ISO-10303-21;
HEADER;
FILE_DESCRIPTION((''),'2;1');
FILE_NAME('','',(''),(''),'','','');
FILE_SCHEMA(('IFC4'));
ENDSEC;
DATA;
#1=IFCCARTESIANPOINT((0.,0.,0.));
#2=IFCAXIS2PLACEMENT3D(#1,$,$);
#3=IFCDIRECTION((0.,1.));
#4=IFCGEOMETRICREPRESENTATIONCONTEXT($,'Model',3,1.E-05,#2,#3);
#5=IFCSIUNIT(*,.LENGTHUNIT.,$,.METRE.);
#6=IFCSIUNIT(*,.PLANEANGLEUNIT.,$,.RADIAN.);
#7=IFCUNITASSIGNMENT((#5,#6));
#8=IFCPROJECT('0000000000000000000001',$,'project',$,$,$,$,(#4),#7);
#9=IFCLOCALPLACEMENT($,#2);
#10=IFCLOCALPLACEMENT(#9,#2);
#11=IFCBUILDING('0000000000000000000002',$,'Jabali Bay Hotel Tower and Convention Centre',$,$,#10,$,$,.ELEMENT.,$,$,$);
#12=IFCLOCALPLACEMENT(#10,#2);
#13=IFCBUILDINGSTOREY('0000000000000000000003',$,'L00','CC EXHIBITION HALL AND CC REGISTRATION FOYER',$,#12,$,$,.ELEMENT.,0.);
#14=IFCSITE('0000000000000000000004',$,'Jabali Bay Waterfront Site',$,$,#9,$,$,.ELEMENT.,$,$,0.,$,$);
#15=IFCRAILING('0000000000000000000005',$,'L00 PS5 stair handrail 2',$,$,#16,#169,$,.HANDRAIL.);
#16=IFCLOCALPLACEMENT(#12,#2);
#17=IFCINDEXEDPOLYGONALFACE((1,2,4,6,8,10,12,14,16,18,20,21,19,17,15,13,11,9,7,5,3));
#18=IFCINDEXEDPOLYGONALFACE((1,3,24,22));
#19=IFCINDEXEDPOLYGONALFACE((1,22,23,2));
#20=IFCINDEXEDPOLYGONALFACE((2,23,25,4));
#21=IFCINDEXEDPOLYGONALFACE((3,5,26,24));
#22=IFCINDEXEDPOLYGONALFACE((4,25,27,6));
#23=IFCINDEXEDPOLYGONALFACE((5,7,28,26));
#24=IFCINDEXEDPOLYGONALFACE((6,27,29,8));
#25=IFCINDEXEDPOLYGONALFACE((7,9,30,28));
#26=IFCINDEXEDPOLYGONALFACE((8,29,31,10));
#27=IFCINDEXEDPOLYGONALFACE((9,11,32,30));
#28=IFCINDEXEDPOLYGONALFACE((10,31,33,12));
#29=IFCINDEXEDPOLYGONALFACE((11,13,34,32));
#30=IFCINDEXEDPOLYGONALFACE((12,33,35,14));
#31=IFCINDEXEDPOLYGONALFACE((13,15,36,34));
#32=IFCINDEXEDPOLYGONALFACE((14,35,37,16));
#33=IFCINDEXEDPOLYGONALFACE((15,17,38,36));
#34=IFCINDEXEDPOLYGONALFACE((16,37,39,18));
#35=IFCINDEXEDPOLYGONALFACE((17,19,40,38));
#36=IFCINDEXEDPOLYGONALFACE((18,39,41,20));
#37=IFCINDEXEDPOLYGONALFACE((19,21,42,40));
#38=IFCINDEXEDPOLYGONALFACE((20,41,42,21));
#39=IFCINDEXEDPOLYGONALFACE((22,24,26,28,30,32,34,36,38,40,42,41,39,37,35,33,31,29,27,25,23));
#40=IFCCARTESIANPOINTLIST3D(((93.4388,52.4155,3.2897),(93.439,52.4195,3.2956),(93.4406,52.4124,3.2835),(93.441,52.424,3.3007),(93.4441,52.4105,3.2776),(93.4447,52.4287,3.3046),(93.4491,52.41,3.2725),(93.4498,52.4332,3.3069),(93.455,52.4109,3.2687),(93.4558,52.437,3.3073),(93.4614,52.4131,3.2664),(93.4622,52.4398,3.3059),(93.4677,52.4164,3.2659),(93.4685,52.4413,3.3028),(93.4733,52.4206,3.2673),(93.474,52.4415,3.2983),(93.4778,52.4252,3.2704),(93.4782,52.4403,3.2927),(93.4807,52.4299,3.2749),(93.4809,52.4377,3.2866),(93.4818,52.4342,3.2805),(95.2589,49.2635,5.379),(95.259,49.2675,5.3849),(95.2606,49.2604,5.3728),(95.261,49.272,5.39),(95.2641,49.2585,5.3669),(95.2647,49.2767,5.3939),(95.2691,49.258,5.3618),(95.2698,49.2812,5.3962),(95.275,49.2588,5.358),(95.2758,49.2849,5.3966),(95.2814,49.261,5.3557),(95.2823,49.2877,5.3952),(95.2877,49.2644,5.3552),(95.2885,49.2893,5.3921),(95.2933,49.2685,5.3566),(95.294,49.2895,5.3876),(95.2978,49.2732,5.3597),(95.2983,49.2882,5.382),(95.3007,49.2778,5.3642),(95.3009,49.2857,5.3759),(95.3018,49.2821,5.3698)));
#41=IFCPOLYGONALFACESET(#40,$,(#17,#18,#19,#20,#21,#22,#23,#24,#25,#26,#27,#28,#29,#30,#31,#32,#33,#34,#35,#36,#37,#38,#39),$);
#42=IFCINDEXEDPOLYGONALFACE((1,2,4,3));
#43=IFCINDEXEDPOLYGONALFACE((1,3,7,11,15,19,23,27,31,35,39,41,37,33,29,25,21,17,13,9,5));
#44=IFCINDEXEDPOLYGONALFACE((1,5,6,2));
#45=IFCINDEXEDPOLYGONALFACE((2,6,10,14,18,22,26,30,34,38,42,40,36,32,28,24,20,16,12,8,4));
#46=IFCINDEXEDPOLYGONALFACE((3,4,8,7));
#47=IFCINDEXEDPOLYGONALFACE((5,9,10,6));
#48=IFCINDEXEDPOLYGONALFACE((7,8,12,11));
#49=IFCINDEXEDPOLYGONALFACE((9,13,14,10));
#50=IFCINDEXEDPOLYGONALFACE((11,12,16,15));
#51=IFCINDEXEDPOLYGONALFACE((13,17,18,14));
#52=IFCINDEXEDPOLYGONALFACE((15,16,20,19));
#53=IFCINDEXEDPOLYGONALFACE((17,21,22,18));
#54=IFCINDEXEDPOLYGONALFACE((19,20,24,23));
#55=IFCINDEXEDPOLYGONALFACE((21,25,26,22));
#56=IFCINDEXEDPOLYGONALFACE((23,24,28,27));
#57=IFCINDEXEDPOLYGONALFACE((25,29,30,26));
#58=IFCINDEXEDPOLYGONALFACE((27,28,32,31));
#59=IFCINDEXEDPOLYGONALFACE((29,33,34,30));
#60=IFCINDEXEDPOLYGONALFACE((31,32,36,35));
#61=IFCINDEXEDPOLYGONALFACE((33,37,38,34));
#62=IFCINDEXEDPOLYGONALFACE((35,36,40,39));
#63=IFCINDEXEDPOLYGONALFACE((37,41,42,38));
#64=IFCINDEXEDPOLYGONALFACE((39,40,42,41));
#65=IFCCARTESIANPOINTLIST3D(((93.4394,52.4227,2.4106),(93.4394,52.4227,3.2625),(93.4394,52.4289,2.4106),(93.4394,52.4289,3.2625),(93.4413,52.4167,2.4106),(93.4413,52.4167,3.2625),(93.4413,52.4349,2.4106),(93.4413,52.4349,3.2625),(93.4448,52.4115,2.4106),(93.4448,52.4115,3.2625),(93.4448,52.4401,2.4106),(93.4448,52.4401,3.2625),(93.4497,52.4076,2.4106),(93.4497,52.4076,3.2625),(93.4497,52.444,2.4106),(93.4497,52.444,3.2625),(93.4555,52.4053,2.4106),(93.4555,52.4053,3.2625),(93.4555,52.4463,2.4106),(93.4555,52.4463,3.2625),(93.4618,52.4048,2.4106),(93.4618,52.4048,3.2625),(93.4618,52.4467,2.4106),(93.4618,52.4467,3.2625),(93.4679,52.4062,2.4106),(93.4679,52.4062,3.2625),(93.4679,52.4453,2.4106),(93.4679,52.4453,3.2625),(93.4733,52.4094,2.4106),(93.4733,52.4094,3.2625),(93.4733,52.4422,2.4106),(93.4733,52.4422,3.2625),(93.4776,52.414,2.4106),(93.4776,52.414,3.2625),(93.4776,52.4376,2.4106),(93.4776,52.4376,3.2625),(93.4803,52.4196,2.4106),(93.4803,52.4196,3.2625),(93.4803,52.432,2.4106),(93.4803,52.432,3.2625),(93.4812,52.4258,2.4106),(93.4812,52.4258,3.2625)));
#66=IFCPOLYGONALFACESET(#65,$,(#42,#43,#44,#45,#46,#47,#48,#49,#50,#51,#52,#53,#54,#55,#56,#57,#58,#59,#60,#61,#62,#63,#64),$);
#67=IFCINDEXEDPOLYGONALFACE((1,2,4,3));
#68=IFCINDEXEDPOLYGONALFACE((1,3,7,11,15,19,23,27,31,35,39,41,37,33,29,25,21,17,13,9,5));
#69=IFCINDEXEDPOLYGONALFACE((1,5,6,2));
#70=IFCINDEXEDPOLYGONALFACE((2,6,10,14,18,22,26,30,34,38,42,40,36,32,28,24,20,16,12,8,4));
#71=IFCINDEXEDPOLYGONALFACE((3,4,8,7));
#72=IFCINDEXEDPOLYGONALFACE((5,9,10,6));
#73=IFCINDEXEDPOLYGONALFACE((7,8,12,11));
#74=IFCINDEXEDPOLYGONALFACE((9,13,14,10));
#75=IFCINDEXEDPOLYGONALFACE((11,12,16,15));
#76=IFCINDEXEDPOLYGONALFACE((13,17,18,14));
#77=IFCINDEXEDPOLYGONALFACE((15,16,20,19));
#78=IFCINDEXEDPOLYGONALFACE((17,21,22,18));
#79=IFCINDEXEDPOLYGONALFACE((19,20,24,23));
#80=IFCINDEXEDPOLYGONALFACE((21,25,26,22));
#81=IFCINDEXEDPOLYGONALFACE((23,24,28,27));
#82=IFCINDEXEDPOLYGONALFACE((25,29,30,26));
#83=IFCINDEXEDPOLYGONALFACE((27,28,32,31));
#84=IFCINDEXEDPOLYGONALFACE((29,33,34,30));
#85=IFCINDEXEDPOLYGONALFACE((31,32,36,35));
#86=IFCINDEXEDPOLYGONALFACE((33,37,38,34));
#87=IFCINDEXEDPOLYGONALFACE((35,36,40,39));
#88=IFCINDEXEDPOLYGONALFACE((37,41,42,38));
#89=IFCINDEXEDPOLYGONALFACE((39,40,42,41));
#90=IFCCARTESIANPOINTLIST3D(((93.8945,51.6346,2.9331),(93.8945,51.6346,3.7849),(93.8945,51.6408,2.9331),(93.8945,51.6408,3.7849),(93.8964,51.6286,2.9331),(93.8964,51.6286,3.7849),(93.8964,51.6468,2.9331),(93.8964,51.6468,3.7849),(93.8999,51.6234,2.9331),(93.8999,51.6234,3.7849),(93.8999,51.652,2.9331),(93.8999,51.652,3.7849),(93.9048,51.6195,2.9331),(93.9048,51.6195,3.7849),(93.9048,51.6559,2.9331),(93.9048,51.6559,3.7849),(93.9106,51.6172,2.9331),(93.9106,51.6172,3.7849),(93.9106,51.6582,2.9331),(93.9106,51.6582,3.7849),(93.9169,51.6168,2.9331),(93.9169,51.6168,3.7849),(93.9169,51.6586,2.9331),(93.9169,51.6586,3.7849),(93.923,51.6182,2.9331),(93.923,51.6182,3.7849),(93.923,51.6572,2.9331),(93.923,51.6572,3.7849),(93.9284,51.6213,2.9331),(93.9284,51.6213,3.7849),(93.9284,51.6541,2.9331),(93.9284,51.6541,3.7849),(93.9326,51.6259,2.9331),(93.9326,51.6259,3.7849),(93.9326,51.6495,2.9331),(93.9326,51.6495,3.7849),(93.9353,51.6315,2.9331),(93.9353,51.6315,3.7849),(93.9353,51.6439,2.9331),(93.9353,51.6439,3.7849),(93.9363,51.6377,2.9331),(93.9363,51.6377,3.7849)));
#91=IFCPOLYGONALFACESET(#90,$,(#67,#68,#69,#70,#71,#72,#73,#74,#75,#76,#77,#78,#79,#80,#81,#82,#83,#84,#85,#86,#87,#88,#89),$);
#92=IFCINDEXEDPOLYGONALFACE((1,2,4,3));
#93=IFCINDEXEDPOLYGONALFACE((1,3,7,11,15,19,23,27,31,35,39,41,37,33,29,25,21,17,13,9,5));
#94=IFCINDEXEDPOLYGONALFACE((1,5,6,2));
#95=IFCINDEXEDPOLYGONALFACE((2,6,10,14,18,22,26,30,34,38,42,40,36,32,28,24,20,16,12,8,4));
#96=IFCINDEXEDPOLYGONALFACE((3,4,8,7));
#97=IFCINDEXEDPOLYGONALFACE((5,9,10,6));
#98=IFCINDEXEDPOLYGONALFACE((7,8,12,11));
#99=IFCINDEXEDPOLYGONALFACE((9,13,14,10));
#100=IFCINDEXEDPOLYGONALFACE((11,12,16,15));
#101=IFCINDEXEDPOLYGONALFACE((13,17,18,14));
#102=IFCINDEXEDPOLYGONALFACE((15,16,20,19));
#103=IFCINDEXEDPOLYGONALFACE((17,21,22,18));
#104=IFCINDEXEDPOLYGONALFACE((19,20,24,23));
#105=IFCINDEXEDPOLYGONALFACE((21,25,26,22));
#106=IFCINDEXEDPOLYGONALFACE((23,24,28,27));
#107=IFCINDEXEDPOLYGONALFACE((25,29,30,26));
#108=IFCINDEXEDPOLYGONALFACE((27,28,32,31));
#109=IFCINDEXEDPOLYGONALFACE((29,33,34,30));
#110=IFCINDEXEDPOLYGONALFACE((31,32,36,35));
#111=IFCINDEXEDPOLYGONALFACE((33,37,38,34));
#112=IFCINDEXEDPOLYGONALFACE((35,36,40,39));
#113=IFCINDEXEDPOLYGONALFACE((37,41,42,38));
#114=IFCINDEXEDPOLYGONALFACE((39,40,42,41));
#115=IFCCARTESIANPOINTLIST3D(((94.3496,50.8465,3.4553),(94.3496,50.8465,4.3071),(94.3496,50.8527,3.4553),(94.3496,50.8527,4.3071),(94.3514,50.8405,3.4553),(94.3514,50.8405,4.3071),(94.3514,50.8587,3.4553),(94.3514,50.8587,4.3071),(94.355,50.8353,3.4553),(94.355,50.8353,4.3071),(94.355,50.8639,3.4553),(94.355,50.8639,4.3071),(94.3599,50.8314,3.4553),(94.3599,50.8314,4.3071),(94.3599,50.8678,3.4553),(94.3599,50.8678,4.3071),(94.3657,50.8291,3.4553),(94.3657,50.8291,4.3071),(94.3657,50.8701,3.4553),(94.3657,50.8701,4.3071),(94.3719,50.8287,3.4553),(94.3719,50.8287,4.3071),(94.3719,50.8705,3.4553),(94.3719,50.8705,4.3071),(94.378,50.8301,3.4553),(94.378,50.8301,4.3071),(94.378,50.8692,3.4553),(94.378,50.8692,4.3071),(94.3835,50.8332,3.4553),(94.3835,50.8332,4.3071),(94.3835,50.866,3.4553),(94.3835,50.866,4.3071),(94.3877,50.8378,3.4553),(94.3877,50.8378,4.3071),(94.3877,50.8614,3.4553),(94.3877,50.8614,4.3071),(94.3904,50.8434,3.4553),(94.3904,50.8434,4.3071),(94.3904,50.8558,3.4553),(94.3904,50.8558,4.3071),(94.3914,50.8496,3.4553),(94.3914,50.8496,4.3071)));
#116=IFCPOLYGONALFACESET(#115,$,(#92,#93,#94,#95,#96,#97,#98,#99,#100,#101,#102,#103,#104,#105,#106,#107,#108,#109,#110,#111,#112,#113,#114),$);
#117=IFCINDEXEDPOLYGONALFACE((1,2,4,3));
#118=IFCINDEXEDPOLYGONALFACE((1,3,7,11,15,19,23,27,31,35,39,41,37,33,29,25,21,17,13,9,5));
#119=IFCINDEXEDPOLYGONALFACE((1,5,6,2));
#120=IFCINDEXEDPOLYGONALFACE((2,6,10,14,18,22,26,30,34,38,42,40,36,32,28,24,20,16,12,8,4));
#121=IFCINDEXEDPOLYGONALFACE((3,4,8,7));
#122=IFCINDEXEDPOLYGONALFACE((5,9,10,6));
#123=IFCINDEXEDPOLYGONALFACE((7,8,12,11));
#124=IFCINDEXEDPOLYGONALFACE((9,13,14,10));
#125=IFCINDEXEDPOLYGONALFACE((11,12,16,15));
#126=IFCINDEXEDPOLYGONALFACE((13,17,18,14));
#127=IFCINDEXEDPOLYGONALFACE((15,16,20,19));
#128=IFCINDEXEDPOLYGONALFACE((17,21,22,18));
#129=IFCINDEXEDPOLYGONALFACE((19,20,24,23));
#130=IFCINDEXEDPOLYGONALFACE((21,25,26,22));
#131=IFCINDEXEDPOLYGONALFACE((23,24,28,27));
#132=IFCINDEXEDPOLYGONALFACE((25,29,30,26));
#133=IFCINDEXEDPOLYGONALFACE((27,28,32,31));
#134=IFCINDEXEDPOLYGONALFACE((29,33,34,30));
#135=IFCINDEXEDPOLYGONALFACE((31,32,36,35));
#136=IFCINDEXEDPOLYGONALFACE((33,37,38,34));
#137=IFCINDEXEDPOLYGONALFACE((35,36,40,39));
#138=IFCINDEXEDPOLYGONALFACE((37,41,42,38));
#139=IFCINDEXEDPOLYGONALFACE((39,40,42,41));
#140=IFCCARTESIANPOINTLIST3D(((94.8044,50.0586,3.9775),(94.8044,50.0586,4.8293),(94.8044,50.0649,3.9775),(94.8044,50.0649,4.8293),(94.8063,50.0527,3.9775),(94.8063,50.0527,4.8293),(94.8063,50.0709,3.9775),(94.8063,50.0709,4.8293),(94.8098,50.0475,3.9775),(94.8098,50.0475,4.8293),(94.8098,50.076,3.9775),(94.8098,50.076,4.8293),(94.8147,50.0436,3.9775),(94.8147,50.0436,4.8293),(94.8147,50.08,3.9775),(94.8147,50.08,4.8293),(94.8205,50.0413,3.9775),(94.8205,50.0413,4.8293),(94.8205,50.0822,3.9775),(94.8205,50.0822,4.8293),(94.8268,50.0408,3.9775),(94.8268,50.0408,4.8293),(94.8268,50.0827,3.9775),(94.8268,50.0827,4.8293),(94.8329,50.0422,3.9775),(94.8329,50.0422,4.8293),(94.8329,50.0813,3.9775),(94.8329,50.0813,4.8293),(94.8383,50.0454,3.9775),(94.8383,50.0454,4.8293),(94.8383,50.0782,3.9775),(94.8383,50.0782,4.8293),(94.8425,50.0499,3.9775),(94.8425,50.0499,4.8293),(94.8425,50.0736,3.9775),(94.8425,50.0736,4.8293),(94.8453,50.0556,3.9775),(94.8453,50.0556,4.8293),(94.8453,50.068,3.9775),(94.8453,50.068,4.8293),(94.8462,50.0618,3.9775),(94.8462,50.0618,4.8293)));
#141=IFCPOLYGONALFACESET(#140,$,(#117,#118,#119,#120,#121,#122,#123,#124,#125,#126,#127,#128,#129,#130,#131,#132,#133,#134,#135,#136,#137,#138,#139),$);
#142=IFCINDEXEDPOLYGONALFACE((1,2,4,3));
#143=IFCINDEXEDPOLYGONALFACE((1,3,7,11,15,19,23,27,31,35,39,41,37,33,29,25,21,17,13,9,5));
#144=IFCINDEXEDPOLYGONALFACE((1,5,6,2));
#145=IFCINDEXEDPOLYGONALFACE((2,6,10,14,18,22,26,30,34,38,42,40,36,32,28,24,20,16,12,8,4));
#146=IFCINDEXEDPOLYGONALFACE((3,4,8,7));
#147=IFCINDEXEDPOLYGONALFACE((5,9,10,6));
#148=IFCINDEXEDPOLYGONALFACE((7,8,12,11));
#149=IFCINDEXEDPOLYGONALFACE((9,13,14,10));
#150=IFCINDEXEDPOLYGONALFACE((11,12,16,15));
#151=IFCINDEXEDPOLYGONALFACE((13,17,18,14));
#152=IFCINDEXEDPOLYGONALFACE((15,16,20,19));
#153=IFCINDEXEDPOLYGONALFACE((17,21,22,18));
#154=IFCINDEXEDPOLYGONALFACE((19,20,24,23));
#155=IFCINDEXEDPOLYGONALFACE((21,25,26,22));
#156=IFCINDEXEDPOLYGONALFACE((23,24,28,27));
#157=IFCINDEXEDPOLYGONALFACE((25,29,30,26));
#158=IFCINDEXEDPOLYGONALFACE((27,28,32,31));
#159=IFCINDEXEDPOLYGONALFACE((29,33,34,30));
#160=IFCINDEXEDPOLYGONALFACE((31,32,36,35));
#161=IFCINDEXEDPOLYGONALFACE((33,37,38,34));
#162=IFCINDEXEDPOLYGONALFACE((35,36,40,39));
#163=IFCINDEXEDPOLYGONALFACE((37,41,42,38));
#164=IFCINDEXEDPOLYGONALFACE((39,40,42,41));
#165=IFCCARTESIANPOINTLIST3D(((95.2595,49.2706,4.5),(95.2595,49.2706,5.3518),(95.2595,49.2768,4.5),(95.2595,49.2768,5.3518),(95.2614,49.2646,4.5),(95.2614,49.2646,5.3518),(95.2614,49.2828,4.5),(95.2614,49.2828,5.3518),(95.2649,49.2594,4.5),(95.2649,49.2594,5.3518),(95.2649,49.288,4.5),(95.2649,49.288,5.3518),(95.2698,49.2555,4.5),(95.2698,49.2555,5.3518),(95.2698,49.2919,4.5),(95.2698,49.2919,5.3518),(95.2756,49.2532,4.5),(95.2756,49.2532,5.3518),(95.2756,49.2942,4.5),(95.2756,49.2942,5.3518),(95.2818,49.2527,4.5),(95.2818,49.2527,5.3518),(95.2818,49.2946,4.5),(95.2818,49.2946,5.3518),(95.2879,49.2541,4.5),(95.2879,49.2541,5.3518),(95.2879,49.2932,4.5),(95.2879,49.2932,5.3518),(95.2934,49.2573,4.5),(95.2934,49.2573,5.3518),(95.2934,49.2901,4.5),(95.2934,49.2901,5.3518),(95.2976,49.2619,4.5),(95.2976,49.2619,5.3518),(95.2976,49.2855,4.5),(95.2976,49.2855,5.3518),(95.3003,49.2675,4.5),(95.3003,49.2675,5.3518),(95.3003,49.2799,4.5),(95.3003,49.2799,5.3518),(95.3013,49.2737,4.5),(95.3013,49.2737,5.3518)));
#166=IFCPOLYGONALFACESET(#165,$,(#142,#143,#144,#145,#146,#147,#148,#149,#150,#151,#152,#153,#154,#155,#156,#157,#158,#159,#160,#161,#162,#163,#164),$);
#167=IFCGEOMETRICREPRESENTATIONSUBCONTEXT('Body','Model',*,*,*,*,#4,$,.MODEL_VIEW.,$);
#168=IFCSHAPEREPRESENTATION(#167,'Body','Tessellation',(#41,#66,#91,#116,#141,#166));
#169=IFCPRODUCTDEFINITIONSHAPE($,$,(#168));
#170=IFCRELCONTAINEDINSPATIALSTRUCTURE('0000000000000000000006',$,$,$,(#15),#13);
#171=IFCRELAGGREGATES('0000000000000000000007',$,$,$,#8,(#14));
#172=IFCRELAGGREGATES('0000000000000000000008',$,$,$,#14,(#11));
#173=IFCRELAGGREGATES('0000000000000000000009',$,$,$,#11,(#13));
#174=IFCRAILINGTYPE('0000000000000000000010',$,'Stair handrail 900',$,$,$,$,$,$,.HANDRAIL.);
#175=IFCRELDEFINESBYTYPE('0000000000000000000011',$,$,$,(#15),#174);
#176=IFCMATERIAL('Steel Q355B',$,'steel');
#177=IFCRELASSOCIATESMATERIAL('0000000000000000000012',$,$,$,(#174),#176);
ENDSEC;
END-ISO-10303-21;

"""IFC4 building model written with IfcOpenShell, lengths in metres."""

from ifc_helpers import new_model, si_unit, direction, frame, origin, origin_2d, place, context, subcontext, project, spatial, circle, extrude, material, type_object, element, save


model = new_model("IFC4")

# Units and contexts
model_context = context("Model", 3, precision=1e-05, world=origin(), true_north=direction((0.0, 1.0)))
body_context = subcontext(model_context, "Body", "Model", "MODEL_VIEW")
ifc_project = project(units=[si_unit("LENGTHUNIT", "METRE"), si_unit("PLANEANGLEUNIT", "RADIAN")], contexts=[model_context])

# Site, building, storey
site_placement = place(None, origin())
site = spatial("IfcSite", under=ifc_project, at=site_placement, Name="Jabali Bay Waterfront Site", CompositionType="ELEMENT", RefElevation=0.0)
building_placement = place(site_placement, origin())
building = spatial("IfcBuilding", under=site, at=building_placement, Name="Jabali Bay Hotel Tower and Convention Centre", CompositionType="ELEMENT")
storey_placement = place(building_placement, origin())
storey = spatial("IfcBuildingStorey", under=building, at=storey_placement, Name="L00", Description="CC EXHIBITION HALL AND CC REGISTRATION FOYER", CompositionType="ELEMENT", Elevation=0.0)

# Railing
ifc_material_1 = material(Name="Steel Q355B", Category="steel")
railing_type_1 = type_object("IfcRailingType", Name="Stair handrail 900", PredefinedType="HANDRAIL", material=ifc_material_1)
for number, where, name in (
    (1, (93.4602, 52.4258, 2.4106), "L00 PS5 stair handrail 2"),
):
    element("IfcRailing", number, at=place(storey_placement, frame(where)), inside=storey, type_object=railing_type_1, Name=name, PredefinedType="HANDRAIL", context=body_context, shape_type="SweptSolid", body=[
        extrude(circle(Radius=0.0239, at=origin_2d()), frame((0.0, 0.0, 0.876), z_axis=(0.433672, -0.751058, 0.497836), x_axis=(0.866001, 0.500042, 0.0)), (0.0, 0.0, 1.0), 4.1968),
        extrude(circle(Radius=0.021, at=origin_2d()), origin(), (0.0, 0.0, 1.0), 0.8518),
        extrude(circle(Radius=0.021, at=origin_2d()), frame((0.4551, -0.7881, 0.5225)), (0.0, 0.0, 1.0), 0.8518),
        extrude(circle(Radius=0.021, at=origin_2d()), frame((0.9102, -1.5762, 1.0447)), (0.0, 0.0, 1.0), 0.8518),
        extrude(circle(Radius=0.021, at=origin_2d()), frame((1.365, -2.364, 1.5669)), (0.0, 0.0, 1.0), 0.8518),
        extrude(circle(Radius=0.021, at=origin_2d()), frame((1.8201, -3.1521, 2.0894)), (0.0, 0.0, 1.0), 0.8518),
    ])

save(model, "model.ifc")
